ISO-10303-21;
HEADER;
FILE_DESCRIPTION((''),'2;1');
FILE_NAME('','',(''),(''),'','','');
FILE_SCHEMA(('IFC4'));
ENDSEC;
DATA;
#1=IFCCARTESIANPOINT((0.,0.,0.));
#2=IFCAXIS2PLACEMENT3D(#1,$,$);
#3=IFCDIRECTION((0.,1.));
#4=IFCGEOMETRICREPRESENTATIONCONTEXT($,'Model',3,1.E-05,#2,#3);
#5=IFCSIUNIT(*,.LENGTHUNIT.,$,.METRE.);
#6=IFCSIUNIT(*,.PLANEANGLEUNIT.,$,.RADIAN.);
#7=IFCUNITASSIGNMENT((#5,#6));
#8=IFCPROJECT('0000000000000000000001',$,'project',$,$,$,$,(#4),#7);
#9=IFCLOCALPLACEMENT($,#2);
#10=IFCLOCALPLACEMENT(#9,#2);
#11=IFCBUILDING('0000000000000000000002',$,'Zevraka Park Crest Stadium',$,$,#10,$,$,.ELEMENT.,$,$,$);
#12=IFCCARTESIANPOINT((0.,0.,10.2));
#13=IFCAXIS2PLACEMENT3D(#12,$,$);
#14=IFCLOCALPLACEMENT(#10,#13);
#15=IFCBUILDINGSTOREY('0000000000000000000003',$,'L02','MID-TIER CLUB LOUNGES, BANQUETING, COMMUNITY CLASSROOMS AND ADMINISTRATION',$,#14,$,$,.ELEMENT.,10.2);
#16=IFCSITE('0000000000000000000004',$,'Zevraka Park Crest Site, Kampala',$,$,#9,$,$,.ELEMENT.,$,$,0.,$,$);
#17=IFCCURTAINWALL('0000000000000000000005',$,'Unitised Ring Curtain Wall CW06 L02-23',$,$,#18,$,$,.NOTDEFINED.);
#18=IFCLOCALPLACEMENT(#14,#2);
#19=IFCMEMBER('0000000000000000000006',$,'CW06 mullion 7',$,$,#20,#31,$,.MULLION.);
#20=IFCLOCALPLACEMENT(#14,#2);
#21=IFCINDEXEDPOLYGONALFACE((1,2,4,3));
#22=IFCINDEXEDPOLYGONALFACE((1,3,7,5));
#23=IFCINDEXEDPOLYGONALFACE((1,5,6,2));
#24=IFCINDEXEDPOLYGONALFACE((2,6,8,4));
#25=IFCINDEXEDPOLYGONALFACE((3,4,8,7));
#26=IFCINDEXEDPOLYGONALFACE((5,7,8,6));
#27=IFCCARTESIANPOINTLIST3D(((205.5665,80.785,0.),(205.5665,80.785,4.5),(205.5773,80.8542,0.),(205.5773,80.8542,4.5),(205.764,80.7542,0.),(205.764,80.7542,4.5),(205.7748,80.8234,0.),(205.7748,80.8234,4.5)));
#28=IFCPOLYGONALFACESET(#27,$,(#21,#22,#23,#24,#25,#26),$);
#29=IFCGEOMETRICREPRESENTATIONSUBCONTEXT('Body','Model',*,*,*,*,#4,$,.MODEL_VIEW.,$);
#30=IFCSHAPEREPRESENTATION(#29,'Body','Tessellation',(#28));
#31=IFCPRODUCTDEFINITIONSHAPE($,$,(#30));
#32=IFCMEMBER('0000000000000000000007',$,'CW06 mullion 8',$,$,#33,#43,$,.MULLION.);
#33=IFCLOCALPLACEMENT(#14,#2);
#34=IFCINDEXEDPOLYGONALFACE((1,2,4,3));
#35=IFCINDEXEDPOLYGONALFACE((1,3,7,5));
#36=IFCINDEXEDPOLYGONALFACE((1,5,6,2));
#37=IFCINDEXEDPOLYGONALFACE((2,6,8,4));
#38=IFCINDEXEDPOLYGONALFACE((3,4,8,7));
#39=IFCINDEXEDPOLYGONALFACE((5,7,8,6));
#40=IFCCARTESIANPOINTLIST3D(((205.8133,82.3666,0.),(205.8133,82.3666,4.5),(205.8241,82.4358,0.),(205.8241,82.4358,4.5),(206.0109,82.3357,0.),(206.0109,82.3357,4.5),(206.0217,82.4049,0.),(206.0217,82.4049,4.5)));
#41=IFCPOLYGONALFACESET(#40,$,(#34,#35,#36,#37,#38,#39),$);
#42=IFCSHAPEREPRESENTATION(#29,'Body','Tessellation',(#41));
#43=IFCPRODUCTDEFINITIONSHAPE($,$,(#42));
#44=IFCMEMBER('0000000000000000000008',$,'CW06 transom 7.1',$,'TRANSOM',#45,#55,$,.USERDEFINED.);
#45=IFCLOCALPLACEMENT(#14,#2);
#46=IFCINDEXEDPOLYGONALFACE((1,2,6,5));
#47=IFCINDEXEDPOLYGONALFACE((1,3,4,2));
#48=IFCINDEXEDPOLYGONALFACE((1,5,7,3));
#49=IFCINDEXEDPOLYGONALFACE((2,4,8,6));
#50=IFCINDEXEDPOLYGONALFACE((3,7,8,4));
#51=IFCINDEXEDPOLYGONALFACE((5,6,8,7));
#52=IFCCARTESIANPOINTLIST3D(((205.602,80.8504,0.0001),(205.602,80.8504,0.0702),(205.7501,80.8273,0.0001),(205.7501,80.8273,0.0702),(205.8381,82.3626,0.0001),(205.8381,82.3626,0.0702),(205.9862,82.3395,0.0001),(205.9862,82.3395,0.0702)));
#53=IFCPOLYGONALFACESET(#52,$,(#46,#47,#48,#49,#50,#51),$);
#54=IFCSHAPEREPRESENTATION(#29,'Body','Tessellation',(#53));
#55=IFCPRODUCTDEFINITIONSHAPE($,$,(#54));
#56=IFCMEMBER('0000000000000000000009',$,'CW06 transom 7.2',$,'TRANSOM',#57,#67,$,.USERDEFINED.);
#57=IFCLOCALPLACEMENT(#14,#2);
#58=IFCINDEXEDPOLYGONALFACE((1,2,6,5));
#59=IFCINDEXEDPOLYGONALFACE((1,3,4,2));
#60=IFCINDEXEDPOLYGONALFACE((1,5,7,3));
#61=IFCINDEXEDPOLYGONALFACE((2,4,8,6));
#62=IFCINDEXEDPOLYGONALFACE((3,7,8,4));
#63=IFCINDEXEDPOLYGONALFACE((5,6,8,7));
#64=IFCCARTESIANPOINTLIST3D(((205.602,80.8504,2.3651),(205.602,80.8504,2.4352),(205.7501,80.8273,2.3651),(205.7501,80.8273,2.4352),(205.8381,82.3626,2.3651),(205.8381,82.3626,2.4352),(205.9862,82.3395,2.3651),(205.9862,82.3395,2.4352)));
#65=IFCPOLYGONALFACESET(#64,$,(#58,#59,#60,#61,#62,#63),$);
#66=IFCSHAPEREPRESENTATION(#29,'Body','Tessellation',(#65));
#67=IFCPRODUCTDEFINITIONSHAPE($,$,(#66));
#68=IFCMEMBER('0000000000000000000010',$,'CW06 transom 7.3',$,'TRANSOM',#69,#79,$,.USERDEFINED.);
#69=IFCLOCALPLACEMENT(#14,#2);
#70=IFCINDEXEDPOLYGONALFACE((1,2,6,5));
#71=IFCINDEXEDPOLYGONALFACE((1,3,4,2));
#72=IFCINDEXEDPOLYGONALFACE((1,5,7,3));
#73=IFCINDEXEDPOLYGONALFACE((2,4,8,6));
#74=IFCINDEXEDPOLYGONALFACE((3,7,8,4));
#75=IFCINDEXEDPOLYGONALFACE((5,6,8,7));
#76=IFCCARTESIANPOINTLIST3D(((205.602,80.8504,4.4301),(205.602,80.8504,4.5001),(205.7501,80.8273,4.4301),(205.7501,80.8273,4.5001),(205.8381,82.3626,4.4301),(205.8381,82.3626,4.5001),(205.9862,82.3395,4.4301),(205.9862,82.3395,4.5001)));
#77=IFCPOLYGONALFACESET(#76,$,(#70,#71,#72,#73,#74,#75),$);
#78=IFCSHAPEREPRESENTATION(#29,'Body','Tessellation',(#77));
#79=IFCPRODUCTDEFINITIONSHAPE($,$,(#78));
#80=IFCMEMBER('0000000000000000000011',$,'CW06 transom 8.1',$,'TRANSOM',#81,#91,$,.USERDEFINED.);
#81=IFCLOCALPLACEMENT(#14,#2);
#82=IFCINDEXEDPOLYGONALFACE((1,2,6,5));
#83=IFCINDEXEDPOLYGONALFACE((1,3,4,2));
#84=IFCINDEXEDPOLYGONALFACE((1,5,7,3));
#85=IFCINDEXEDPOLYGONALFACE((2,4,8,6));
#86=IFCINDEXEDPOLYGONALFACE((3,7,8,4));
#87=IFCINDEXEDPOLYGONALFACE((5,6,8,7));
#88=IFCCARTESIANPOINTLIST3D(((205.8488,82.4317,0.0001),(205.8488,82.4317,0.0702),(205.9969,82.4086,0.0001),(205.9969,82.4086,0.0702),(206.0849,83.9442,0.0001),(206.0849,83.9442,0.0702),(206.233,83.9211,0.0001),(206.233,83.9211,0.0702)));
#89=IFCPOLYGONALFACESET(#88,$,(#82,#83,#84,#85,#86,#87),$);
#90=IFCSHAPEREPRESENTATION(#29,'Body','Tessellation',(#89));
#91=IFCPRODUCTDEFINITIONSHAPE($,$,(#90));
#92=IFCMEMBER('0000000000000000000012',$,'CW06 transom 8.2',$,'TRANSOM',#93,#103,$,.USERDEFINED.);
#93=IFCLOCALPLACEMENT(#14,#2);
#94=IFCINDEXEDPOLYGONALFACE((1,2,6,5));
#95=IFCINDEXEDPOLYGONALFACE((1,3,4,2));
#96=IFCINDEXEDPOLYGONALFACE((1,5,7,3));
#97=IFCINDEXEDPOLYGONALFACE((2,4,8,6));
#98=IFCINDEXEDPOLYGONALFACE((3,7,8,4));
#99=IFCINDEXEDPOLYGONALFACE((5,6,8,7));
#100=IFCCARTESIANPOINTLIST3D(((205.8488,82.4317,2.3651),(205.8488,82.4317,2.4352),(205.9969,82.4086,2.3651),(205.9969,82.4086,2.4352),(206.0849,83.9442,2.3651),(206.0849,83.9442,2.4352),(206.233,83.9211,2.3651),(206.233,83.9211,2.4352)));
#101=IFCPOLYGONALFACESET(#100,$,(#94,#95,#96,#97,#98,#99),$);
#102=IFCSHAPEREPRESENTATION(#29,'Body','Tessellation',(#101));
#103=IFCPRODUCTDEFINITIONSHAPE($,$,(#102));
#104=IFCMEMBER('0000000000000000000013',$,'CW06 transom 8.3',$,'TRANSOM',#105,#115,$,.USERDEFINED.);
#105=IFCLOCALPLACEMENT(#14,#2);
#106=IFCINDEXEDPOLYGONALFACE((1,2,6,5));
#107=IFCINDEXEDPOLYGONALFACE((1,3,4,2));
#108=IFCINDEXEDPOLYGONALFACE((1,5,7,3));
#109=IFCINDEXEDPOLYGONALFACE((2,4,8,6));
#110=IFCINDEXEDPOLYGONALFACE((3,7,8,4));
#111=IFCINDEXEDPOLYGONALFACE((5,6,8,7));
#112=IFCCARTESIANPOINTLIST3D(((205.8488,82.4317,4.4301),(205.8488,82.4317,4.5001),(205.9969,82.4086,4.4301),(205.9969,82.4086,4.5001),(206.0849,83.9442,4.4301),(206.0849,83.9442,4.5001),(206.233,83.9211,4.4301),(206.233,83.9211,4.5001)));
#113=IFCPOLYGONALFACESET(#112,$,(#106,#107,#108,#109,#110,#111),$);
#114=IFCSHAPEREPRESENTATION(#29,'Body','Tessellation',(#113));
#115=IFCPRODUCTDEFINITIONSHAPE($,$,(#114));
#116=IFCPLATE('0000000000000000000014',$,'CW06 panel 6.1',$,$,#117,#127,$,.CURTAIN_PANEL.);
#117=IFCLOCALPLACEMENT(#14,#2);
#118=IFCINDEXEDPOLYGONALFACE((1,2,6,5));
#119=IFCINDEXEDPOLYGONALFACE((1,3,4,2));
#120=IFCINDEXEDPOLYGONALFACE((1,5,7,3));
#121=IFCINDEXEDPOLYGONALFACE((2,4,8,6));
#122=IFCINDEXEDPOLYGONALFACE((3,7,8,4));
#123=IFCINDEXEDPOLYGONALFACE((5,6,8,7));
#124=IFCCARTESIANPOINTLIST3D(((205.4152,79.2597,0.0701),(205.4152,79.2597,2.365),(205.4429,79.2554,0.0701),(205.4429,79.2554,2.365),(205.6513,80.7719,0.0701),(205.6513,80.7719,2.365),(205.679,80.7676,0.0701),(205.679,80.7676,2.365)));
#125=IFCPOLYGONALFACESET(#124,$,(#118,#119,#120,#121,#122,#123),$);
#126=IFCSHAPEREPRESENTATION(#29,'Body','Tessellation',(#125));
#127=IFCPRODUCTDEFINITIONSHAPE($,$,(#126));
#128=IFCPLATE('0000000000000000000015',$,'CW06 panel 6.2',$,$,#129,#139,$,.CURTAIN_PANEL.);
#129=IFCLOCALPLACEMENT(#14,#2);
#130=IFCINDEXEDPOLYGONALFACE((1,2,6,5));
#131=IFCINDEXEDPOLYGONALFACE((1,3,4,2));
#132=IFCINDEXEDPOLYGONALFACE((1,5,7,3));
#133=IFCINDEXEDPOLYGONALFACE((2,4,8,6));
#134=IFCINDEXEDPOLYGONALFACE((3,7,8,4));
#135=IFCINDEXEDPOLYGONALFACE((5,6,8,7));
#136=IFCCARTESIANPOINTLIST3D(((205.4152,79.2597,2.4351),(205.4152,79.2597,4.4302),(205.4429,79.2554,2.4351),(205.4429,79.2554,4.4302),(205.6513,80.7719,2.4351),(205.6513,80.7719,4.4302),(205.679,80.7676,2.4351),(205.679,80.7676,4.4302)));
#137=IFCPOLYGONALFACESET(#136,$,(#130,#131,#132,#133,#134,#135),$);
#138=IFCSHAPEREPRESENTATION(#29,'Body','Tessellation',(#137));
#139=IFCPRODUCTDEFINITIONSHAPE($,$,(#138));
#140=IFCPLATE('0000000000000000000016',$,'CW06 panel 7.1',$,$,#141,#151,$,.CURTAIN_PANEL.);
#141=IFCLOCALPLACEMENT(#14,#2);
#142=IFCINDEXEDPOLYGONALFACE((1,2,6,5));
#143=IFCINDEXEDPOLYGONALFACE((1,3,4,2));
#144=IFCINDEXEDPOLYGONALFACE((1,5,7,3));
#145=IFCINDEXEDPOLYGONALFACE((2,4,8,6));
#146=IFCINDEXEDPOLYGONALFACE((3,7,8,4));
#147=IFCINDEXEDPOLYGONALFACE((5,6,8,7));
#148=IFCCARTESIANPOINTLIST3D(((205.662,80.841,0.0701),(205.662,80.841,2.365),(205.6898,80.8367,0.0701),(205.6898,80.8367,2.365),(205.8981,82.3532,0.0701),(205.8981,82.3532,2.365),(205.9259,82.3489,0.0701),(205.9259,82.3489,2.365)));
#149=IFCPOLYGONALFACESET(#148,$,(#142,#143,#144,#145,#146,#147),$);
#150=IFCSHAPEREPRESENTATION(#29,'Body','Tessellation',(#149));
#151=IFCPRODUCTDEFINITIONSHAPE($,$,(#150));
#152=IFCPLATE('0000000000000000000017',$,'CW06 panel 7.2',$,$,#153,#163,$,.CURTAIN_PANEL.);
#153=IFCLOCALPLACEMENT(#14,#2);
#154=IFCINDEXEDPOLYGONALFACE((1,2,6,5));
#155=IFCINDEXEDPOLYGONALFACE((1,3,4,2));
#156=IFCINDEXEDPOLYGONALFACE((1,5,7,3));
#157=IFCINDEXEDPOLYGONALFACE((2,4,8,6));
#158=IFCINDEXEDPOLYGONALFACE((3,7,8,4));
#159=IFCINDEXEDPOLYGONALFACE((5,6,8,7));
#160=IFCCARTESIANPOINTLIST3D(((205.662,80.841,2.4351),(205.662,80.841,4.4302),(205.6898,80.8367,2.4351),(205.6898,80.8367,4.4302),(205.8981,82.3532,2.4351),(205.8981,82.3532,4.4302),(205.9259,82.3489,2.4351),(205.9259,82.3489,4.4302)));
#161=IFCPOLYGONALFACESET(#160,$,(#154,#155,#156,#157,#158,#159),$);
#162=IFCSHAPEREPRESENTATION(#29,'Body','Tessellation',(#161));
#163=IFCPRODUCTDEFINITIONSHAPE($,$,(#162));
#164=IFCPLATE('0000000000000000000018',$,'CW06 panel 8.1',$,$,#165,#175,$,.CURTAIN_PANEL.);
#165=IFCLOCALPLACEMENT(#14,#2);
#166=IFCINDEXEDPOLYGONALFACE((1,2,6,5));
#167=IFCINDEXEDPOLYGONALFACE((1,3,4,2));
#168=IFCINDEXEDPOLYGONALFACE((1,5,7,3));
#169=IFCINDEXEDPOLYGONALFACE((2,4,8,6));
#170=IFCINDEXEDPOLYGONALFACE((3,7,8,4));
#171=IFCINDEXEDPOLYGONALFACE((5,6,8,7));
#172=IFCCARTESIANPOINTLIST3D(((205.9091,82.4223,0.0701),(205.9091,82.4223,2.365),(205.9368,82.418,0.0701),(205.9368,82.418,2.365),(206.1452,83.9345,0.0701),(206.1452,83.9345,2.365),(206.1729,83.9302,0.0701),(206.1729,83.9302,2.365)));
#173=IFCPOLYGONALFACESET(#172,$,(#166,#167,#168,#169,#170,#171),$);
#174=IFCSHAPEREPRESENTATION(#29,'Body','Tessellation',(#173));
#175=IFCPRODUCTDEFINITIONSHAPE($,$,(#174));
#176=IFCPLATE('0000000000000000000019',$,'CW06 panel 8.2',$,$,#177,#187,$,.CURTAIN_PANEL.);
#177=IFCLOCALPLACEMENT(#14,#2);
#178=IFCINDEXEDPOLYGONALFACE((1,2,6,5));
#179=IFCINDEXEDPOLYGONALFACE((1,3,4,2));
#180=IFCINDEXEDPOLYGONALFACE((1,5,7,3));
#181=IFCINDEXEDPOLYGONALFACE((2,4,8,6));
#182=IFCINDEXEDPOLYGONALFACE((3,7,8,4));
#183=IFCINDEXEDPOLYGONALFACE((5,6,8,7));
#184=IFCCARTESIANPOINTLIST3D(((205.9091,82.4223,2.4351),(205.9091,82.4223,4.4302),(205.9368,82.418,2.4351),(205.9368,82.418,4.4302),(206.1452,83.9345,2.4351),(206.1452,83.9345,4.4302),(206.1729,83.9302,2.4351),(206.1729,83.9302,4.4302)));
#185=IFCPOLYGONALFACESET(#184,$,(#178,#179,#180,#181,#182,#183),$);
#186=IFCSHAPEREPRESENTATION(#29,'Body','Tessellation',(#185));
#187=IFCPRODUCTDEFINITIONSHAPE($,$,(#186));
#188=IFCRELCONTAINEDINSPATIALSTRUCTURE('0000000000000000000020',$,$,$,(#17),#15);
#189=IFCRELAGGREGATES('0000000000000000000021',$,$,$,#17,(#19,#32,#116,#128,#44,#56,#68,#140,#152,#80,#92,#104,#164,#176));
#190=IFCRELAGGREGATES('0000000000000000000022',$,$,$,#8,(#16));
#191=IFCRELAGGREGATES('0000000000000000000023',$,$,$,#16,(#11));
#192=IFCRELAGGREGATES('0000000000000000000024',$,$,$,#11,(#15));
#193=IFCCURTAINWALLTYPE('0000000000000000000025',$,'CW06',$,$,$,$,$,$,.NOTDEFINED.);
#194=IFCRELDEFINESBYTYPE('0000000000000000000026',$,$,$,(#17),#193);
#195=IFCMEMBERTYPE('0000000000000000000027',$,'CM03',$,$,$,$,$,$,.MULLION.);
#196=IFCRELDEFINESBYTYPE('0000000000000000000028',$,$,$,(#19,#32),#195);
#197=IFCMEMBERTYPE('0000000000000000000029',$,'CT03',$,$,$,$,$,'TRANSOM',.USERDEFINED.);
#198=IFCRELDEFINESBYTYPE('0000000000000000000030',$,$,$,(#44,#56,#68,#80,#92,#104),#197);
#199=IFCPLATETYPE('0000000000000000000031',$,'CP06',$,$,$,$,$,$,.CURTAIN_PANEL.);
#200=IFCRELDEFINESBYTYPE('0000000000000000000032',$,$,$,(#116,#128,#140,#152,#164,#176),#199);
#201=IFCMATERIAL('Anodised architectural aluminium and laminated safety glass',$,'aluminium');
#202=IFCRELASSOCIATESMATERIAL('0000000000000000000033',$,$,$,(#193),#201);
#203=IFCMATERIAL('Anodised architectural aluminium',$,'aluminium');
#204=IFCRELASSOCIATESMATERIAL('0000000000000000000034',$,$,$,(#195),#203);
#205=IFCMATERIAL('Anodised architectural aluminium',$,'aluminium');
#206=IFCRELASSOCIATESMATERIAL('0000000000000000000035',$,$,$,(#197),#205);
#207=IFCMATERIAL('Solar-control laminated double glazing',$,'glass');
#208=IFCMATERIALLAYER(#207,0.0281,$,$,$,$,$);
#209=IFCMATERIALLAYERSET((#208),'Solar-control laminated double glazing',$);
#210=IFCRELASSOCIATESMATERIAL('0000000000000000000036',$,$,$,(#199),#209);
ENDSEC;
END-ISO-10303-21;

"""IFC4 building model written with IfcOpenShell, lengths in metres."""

from ifc_helpers import new_model, si_unit, direction, frame, origin, origin_2d, place, context, subcontext, project, spatial, rectangle, extrude, material, layer, layer_set, material_profile, profile_set, type_object, element, aggregate, save


model = new_model("IFC4")

# Units and contexts
model_context = context("Model", 3, precision=1e-05, world=origin(), true_north=direction((0.0, 1.0)))
body_context = subcontext(model_context, "Body", "Model", "MODEL_VIEW")
ifc_project = project(units=[si_unit("LENGTHUNIT", "METRE"), si_unit("PLANEANGLEUNIT", "RADIAN")], contexts=[model_context])

# Site, building, storey
site_placement = place(None, origin())
site = spatial("IfcSite", under=ifc_project, at=site_placement, Name="Zevraka Park Crest Site, Kampala", CompositionType="ELEMENT", RefElevation=0.0)
building_placement = place(site_placement, origin())
building = spatial("IfcBuilding", under=site, at=building_placement, Name="Zevraka Park Crest Stadium", CompositionType="ELEMENT")
storey_placement = place(building_placement, frame((0.0, 0.0, 10.2)))
storey = spatial("IfcBuildingStorey", under=building, at=storey_placement, Name="L02", Description="MID-TIER CLUB LOUNGES, BANQUETING, COMMUNITY CLASSROOMS AND ADMINISTRATION", CompositionType="ELEMENT", Elevation=10.2)

# Curtain wall, members, plates
ifc_material_1 = material(Name="Anodised architectural aluminium and laminated safety glass", Category="aluminium")
curtain_wall_type = type_object("IfcCurtainWallType", Name="CW06", PredefinedType="NOTDEFINED", material=ifc_material_1)
curtain_wall_placement = place(storey_placement, origin())
curtain_wall = element("IfcCurtainWall", 1, at=curtain_wall_placement, inside=storey, type_object=curtain_wall_type, Name="Unitised Ring Curtain Wall CW06 L02-23", PredefinedType="NOTDEFINED")
ifc_material_2 = material(Name="Anodised architectural aluminium", Category="aluminium")
ifc_material_profile_1 = material_profile(ifc_material_2, rectangle(XDim=0.2, YDim=0.0701, at=origin_2d()), Name="ALU MULLION 200x70")
ifc_profile_set_1 = profile_set([ifc_material_profile_1], Name="Anodised architectural aluminium")
member_type_1 = type_object("IfcMemberType", Name="CM03", PredefinedType="MULLION", material=ifc_profile_set_1)
member_1_placement = place(storey_placement, frame((205.6707, 80.8042, 0.0), z_axis=(0.0, 0.0, 1.0), x_axis=(-0.988028, 0.154274, 0.0)))
member_1 = element("IfcMember", 2, at=member_1_placement, type_object=member_type_1, Name="CW06 mullion 7", PredefinedType="MULLION", context=body_context, shape_type="SweptSolid", body=[
    extrude(rectangle(XDim=0.2, YDim=0.0701, at=origin_2d()), origin(), (0.0, 0.0, 1.0), 4.5),
])
member_2_placement = place(storey_placement, frame((205.9175, 82.3857, 0.0), z_axis=(0.0, 0.0, 1.0), x_axis=(-0.988028, 0.154274, 0.0)))
member_2 = element("IfcMember", 3, at=member_2_placement, type_object=member_type_1, Name="CW06 mullion 8", PredefinedType="MULLION", context=body_context, shape_type="SweptSolid", body=[
    extrude(rectangle(XDim=0.2, YDim=0.0701, at=origin_2d()), origin(), (0.0, 0.0, 1.0), 4.5),
])
ifc_material_3 = material(Name="Anodised architectural aluminium", Category="aluminium")
ifc_material_profile_2 = material_profile(ifc_material_3, rectangle(XDim=0.1499, YDim=0.0701, at=origin_2d()), Name="ALU TRANSOM 150x70")
ifc_profile_set_2 = profile_set([ifc_material_profile_2], Name="Anodised architectural aluminium")
member_type_2 = type_object("IfcMemberType", Name="CT03", ElementType="TRANSOM", PredefinedType="USERDEFINED", material=ifc_profile_set_2)
member_3_placement = place(storey_placement, frame((205.676, 80.8389, 0.0352), z_axis=(0.15425, 0.988032, 0.0), x_axis=(-0.988032, 0.15425, 0.0)))
member_3 = element("IfcMember", 4, at=member_3_placement, type_object=member_type_2, Name="CW06 transom 7.1", ObjectType="TRANSOM", PredefinedType="USERDEFINED", context=body_context, shape_type="SweptSolid", body=[
    extrude(rectangle(XDim=0.1499, YDim=0.0701, at=origin_2d()), origin(), (0.0, 0.0, 1.0), 1.5305),
])
member_4_placement = place(storey_placement, frame((205.676, 80.8389, 2.4001), z_axis=(0.15425, 0.988032, 0.0), x_axis=(-0.988032, 0.15425, 0.0)))
member_4 = element("IfcMember", 5, at=member_4_placement, type_object=member_type_2, Name="CW06 transom 7.2", ObjectType="TRANSOM", PredefinedType="USERDEFINED", context=body_context, shape_type="SweptSolid", body=[
    extrude(rectangle(XDim=0.1499, YDim=0.0701, at=origin_2d()), origin(), (0.0, 0.0, 1.0), 1.5305),
])
member_5_placement = place(storey_placement, frame((205.676, 80.8389, 4.4651), z_axis=(0.15425, 0.988032, 0.0), x_axis=(-0.988032, 0.15425, 0.0)))
member_5 = element("IfcMember", 6, at=member_5_placement, type_object=member_type_2, Name="CW06 transom 7.3", ObjectType="TRANSOM", PredefinedType="USERDEFINED", context=body_context, shape_type="SweptSolid", body=[
    extrude(rectangle(XDim=0.1499, YDim=0.0701, at=origin_2d()), origin(), (0.0, 0.0, 1.0), 1.5305),
])
member_6_placement = place(storey_placement, frame((205.9229, 82.4202, 0.0352), z_axis=(0.154226, 0.988036, 0.0), x_axis=(-0.988036, 0.154226, 0.0)))
member_6 = element("IfcMember", 7, at=member_6_placement, type_object=member_type_2, Name="CW06 transom 8.1", ObjectType="TRANSOM", PredefinedType="USERDEFINED", context=body_context, shape_type="SweptSolid", body=[
    extrude(rectangle(XDim=0.1499, YDim=0.0701, at=origin_2d()), origin(), (0.0, 0.0, 1.0), 1.5308),
])
member_7_placement = place(storey_placement, frame((205.9229, 82.4202, 2.4001), z_axis=(0.154226, 0.988036, 0.0), x_axis=(-0.988036, 0.154226, 0.0)))
member_7 = element("IfcMember", 8, at=member_7_placement, type_object=member_type_2, Name="CW06 transom 8.2", ObjectType="TRANSOM", PredefinedType="USERDEFINED", context=body_context, shape_type="SweptSolid", body=[
    extrude(rectangle(XDim=0.1499, YDim=0.0701, at=origin_2d()), origin(), (0.0, 0.0, 1.0), 1.5308),
])
member_8_placement = place(storey_placement, frame((205.9229, 82.4202, 4.4651), z_axis=(0.154226, 0.988036, 0.0), x_axis=(-0.988036, 0.154226, 0.0)))
member_8 = element("IfcMember", 9, at=member_8_placement, type_object=member_type_2, Name="CW06 transom 8.3", ObjectType="TRANSOM", PredefinedType="USERDEFINED", context=body_context, shape_type="SweptSolid", body=[
    extrude(rectangle(XDim=0.1499, YDim=0.0701, at=origin_2d()), origin(), (0.0, 0.0, 1.0), 1.5308),
])
ifc_material_4 = material(Name="Solar-control laminated double glazing", Category="glass")
ifc_layer_1 = layer(ifc_material_4, 0.0281)
ifc_layer_set_1 = layer_set([ifc_layer_1], Name="Solar-control laminated double glazing")
plate_type = type_object("IfcPlateType", Name="CP06", PredefinedType="CURTAIN_PANEL", material=ifc_layer_set_1)
plate_1_placement = place(storey_placement, frame((205.5471, 80.0137, 0.0701), z_axis=(0.0, 0.0, 1.0), x_axis=(0.154274, 0.988028, 0.0)))
plate_1 = element("IfcPlate", 10, at=plate_1_placement, type_object=plate_type, Name="CW06 panel 6.1", PredefinedType="CURTAIN_PANEL", context=body_context, shape_type="SweptSolid", body=[
    extrude(rectangle(XDim=1.5305, YDim=0.0281, at=origin_2d()), origin(), (0.0, 0.0, 1.0), 2.2949),
])
plate_2_placement = place(storey_placement, frame((205.5471, 80.0137, 2.4351), z_axis=(0.0, 0.0, 1.0), x_axis=(0.154274, 0.988028, 0.0)))
plate_2 = element("IfcPlate", 11, at=plate_2_placement, type_object=plate_type, Name="CW06 panel 6.2", PredefinedType="CURTAIN_PANEL", context=body_context, shape_type="SweptSolid", body=[
    extrude(rectangle(XDim=1.5305, YDim=0.0281, at=origin_2d()), origin(), (0.0, 0.0, 1.0), 1.9951),
])
plate_3_placement = place(storey_placement, frame((205.7939, 81.595, 0.0701), z_axis=(0.0, 0.0, 1.0), x_axis=(0.154274, 0.988028, 0.0)))
plate_3 = element("IfcPlate", 12, at=plate_3_placement, type_object=plate_type, Name="CW06 panel 7.1", PredefinedType="CURTAIN_PANEL", context=body_context, shape_type="SweptSolid", body=[
    extrude(rectangle(XDim=1.5305, YDim=0.0281, at=origin_2d()), origin(), (0.0, 0.0, 1.0), 2.2949),
])
plate_4_placement = place(storey_placement, frame((205.7939, 81.595, 2.4351), z_axis=(0.0, 0.0, 1.0), x_axis=(0.154274, 0.988028, 0.0)))
plate_4 = element("IfcPlate", 13, at=plate_4_placement, type_object=plate_type, Name="CW06 panel 7.2", PredefinedType="CURTAIN_PANEL", context=body_context, shape_type="SweptSolid", body=[
    extrude(rectangle(XDim=1.5305, YDim=0.0281, at=origin_2d()), origin(), (0.0, 0.0, 1.0), 1.9951),
])
plate_5_placement = place(storey_placement, frame((206.041, 83.1763, 0.0701), z_axis=(0.0, 0.0, 1.0), x_axis=(0.154274, 0.988028, 0.0)))
plate_5 = element("IfcPlate", 14, at=plate_5_placement, type_object=plate_type, Name="CW06 panel 8.1", PredefinedType="CURTAIN_PANEL", context=body_context, shape_type="SweptSolid", body=[
    extrude(rectangle(XDim=1.5305, YDim=0.0281, at=origin_2d()), origin(), (0.0, 0.0, 1.0), 2.2949),
])
plate_6_placement = place(storey_placement, frame((206.041, 83.1763, 2.4351), z_axis=(0.0, 0.0, 1.0), x_axis=(0.154274, 0.988028, 0.0)))
plate_6 = element("IfcPlate", 15, at=plate_6_placement, type_object=plate_type, Name="CW06 panel 8.2", PredefinedType="CURTAIN_PANEL", context=body_context, shape_type="SweptSolid", body=[
    extrude(rectangle(XDim=1.5305, YDim=0.0281, at=origin_2d()), origin(), (0.0, 0.0, 1.0), 1.9951),
])
aggregate(curtain_wall, [member_1, member_2, plate_1, plate_2, member_3, member_4, member_5, plate_3, plate_4, member_6, member_7, member_8, plate_5, plate_6])

save(model, "model.ifc")
